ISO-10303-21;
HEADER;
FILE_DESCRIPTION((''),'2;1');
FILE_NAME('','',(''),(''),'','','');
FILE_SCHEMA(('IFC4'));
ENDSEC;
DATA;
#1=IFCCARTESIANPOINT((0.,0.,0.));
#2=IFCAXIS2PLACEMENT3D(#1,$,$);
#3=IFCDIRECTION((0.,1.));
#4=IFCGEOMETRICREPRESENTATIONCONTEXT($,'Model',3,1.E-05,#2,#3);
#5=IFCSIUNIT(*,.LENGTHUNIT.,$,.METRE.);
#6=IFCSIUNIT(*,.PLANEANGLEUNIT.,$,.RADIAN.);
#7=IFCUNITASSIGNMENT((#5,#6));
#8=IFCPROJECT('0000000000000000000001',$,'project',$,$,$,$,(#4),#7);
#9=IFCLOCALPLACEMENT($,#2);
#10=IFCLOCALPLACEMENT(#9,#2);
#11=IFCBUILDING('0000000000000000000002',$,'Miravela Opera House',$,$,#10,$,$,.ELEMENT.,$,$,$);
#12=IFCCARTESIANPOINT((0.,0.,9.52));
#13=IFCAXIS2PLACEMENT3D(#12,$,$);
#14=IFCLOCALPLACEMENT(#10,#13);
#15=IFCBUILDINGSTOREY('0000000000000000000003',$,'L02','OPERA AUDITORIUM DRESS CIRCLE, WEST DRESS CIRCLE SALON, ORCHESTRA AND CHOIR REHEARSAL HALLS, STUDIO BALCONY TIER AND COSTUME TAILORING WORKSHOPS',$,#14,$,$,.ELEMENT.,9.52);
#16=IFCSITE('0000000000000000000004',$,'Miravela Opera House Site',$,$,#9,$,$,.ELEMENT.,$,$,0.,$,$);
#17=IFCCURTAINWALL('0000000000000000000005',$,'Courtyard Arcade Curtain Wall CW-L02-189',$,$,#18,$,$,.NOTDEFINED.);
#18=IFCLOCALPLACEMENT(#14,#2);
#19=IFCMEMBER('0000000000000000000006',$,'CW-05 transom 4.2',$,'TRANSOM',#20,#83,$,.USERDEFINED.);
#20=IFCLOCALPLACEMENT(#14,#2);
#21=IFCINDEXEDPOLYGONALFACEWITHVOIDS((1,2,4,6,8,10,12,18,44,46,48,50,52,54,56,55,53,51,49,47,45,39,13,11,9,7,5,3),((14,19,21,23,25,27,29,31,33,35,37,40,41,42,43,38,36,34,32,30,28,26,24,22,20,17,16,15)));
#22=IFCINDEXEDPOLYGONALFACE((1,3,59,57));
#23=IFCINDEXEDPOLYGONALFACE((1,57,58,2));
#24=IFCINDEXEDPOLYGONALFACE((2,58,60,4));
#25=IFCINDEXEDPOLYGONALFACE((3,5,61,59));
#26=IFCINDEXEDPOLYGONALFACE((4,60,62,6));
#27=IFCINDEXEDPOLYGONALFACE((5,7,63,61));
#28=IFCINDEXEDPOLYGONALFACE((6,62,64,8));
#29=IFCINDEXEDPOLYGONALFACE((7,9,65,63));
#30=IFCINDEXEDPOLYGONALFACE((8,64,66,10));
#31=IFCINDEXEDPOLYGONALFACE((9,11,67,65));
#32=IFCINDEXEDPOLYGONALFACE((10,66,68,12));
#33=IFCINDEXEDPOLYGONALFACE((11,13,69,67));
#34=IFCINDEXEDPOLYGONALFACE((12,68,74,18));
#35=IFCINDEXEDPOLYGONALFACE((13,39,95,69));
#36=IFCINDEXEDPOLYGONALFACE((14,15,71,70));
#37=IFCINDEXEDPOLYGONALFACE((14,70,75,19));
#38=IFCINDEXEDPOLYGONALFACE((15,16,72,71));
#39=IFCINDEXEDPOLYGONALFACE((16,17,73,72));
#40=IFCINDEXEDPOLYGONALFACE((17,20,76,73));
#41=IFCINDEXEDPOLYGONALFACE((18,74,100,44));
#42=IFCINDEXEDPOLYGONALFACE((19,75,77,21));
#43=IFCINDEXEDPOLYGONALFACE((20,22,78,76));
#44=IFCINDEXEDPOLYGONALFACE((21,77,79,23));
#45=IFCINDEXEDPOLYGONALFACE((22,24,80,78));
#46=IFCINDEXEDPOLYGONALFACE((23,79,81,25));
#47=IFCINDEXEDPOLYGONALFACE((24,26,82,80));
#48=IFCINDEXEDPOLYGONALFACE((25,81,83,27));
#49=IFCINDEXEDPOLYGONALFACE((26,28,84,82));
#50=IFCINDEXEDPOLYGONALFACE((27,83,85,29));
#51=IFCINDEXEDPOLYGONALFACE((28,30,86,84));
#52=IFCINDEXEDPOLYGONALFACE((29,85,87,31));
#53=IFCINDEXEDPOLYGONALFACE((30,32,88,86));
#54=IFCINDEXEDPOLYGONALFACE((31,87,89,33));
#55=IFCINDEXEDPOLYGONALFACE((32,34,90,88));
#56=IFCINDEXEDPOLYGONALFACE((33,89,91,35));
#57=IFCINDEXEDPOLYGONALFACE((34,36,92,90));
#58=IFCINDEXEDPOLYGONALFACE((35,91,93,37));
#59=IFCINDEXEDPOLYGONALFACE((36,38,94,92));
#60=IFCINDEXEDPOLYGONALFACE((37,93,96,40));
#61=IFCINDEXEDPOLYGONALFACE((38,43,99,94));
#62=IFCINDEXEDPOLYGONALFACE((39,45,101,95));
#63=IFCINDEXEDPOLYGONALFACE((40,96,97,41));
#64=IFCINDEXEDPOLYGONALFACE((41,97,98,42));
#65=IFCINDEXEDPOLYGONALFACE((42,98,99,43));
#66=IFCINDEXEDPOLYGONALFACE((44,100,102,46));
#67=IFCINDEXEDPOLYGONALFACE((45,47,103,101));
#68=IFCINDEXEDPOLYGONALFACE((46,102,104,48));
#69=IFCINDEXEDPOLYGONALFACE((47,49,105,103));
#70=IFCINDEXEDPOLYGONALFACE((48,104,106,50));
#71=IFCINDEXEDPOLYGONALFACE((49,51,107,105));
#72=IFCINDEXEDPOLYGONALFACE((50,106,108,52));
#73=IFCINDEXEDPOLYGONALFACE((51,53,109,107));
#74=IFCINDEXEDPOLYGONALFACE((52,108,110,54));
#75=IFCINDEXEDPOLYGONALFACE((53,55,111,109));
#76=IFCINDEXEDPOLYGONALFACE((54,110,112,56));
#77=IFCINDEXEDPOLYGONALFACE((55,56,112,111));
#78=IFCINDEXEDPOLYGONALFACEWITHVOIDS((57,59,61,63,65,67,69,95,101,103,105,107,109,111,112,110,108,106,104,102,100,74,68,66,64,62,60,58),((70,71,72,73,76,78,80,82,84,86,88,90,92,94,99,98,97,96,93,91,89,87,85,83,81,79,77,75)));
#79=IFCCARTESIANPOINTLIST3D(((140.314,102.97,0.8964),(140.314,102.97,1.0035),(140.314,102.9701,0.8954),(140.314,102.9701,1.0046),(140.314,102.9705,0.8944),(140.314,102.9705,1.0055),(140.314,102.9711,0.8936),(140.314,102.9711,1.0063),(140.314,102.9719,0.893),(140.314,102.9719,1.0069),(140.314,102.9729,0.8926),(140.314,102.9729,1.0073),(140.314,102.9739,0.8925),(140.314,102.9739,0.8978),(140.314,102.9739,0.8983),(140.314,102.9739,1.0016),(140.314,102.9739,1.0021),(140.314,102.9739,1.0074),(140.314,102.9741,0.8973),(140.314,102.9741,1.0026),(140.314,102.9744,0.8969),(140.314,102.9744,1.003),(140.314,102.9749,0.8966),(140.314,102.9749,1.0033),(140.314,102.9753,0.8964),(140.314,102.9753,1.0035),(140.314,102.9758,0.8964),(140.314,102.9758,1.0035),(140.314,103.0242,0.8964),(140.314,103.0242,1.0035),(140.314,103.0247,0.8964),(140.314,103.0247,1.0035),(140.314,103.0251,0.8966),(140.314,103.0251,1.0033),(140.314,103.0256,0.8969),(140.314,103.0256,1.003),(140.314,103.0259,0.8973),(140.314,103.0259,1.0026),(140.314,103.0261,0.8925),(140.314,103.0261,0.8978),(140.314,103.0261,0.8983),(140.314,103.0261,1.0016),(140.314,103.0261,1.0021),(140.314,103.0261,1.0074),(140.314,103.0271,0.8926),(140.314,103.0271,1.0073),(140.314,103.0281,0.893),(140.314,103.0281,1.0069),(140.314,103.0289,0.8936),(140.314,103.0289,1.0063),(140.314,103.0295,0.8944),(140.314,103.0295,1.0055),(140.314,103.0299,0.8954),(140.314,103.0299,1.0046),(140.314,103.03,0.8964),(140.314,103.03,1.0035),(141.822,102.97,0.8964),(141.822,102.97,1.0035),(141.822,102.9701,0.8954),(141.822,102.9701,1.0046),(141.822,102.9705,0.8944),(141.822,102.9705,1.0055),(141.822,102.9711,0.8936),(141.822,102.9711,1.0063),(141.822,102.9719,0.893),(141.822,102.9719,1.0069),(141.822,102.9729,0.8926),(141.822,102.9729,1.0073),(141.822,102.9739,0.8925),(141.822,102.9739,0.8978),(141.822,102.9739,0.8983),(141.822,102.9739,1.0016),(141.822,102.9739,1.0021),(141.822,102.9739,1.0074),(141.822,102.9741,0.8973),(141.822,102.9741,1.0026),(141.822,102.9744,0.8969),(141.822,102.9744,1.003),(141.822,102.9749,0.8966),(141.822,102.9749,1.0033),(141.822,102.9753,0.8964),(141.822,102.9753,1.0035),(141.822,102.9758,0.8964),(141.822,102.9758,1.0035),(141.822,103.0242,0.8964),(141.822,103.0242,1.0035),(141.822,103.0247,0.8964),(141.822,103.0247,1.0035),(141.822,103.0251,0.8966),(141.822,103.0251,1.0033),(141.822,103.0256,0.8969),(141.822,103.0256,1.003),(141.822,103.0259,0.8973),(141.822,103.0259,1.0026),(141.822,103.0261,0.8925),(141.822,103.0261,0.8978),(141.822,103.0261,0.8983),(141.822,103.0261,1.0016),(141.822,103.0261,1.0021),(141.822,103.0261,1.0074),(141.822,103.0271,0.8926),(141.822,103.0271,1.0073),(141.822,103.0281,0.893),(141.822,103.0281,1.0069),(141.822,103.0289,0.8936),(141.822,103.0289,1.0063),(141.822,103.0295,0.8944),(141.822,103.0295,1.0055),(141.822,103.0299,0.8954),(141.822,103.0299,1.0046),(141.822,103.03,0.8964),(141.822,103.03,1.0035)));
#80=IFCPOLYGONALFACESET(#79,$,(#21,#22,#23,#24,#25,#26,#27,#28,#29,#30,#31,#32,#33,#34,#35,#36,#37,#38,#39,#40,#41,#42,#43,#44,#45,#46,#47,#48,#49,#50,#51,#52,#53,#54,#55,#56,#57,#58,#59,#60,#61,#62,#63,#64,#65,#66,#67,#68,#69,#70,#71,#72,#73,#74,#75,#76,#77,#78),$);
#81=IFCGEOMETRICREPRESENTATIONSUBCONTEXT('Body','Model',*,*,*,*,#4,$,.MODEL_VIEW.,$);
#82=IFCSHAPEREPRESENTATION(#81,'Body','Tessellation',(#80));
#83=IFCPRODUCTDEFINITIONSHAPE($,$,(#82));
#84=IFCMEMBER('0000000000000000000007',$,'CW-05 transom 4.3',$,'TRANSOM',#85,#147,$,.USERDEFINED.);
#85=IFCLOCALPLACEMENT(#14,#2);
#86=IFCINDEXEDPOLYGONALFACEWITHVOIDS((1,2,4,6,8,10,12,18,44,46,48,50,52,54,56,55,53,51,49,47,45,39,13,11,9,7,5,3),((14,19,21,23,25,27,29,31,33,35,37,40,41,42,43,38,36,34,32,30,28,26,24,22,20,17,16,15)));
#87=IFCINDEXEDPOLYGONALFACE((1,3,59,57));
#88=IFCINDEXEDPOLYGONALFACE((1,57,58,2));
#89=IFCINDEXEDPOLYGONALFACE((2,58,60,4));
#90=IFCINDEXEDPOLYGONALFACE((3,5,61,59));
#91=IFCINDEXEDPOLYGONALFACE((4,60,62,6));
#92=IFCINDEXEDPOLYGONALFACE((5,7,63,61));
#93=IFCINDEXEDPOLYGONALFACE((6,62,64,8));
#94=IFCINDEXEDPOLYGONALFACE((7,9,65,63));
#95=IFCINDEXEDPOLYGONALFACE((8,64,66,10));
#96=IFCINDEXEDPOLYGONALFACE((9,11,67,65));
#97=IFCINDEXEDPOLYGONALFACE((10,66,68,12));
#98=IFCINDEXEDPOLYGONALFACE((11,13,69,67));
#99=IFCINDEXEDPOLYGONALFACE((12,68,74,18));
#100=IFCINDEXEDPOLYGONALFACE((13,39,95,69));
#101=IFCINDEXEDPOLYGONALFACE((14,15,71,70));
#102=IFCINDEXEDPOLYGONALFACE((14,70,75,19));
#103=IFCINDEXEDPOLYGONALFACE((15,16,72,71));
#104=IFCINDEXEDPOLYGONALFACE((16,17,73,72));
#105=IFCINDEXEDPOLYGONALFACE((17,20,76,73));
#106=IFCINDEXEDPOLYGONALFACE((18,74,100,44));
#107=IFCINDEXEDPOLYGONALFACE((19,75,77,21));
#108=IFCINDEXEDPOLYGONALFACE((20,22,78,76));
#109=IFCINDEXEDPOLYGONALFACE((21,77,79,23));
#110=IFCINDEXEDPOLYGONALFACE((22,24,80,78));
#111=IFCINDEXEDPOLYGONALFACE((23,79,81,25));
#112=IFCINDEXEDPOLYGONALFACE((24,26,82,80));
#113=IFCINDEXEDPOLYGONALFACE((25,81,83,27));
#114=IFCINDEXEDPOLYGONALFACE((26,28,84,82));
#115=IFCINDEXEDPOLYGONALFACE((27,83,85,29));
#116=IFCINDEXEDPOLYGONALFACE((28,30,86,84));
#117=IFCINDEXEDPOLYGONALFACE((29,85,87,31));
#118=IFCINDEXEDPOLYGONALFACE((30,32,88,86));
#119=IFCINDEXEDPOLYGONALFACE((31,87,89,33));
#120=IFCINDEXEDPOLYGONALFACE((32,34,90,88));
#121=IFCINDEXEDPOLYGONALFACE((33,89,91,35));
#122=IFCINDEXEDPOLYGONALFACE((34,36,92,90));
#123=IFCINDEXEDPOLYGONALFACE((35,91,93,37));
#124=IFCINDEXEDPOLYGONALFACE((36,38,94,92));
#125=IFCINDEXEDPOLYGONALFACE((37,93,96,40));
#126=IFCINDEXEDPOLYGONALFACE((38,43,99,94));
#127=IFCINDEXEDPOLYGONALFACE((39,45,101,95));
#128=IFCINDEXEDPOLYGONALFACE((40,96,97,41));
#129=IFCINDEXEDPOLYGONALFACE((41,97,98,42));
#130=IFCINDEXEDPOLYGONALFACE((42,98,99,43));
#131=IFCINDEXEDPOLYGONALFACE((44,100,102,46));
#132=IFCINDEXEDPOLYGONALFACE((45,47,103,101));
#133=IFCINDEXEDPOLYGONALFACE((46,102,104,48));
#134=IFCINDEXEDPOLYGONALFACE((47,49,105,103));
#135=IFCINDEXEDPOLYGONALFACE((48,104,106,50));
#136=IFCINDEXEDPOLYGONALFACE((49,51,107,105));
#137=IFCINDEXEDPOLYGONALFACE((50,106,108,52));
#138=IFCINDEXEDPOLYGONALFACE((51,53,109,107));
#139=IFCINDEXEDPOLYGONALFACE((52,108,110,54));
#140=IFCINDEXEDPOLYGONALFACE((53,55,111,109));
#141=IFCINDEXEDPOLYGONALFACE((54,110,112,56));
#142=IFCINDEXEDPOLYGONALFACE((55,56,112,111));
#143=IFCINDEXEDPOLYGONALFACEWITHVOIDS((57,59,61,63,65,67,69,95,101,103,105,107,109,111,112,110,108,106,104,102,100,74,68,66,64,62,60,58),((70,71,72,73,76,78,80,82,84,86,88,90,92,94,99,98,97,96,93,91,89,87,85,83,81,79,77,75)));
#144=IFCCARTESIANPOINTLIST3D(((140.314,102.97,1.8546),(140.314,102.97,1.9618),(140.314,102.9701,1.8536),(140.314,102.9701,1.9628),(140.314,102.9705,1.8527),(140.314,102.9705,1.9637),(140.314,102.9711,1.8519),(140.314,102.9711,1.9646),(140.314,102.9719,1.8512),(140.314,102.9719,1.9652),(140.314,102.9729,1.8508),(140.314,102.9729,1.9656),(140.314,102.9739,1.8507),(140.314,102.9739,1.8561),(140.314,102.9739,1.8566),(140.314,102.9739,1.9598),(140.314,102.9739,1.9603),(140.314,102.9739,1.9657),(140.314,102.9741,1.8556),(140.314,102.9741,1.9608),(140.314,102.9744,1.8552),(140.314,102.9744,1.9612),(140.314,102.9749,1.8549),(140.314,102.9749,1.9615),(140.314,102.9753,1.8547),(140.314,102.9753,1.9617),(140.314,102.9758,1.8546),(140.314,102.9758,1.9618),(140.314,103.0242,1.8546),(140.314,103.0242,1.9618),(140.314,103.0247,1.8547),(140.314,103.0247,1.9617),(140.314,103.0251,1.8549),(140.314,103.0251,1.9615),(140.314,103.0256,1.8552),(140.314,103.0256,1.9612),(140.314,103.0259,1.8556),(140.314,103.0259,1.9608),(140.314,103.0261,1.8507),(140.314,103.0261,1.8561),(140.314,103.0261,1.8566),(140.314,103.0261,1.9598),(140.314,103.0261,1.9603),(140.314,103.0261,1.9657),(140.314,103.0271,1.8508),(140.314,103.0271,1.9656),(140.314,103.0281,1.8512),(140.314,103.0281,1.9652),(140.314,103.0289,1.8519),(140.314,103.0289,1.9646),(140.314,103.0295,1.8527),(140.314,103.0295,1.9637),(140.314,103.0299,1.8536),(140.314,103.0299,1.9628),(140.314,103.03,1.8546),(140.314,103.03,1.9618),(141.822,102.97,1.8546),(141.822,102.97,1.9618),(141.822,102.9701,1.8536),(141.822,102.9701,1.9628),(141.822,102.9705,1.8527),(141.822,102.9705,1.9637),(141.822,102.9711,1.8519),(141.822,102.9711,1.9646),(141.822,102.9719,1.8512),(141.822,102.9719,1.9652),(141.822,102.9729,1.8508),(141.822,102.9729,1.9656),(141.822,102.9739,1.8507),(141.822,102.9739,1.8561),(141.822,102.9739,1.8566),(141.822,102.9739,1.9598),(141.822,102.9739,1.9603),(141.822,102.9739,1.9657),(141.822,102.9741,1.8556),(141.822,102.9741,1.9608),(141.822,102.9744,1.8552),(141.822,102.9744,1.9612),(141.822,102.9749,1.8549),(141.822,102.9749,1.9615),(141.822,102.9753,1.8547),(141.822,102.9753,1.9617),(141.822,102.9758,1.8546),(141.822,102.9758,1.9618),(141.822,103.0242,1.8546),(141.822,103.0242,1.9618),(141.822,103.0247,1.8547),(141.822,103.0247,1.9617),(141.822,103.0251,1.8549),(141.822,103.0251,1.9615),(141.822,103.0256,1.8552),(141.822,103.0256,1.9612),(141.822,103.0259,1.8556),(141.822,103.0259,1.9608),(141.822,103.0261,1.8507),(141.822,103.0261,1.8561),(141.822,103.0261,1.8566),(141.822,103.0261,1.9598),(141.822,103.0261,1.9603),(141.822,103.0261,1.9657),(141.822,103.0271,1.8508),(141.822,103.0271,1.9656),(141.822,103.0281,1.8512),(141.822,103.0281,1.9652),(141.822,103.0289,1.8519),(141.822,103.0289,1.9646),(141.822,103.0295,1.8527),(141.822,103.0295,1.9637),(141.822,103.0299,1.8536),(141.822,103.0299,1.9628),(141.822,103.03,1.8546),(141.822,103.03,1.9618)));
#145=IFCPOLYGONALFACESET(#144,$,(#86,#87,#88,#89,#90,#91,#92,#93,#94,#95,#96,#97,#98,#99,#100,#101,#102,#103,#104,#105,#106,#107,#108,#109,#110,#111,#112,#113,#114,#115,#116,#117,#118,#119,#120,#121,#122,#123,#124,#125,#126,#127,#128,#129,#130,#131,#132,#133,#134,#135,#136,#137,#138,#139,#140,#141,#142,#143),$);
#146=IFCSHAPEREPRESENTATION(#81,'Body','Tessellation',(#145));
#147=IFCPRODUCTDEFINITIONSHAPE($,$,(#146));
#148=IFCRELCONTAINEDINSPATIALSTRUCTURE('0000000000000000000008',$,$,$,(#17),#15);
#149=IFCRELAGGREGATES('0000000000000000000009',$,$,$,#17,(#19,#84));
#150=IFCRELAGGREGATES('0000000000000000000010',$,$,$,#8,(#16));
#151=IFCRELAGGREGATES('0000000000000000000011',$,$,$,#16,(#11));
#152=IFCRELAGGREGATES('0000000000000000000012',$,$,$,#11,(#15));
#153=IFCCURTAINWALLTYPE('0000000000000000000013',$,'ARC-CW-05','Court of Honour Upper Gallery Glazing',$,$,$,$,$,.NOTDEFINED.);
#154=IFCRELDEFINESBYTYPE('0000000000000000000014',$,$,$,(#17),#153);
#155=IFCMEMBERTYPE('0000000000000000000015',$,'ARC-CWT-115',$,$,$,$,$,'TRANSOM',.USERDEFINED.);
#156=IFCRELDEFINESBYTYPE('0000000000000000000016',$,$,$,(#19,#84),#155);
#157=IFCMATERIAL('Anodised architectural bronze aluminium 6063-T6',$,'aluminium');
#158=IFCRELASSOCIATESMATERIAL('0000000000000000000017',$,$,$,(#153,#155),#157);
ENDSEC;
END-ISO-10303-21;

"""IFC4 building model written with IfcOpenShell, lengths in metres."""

from ifc_helpers import new_model, si_unit, direction, frame, origin, origin_2d, place, context, subcontext, project, spatial, hollow_rectangle, extrude, material, material_profile, profile_set, type_object, element, aggregate, save


model = new_model("IFC4")

# Units and contexts
model_context = context("Model", 3, precision=1e-05, world=origin(), true_north=direction((0.0, 1.0)))
body_context = subcontext(model_context, "Body", "Model", "MODEL_VIEW")
ifc_project = project(units=[si_unit("LENGTHUNIT", "METRE"), si_unit("PLANEANGLEUNIT", "RADIAN")], contexts=[model_context])

# Site, building, storey
site_placement = place(None, origin())
site = spatial("IfcSite", under=ifc_project, at=site_placement, Name="Miravela Opera House Site", CompositionType="ELEMENT", RefElevation=0.0)
building_placement = place(site_placement, origin())
building = spatial("IfcBuilding", under=site, at=building_placement, Name="Miravela Opera House", CompositionType="ELEMENT")
storey_placement = place(building_placement, frame((0.0, 0.0, 9.52)))
storey = spatial("IfcBuildingStorey", under=building, at=storey_placement, Name="L02", Description="OPERA AUDITORIUM DRESS CIRCLE, WEST DRESS CIRCLE SALON, ORCHESTRA AND CHOIR REHEARSAL HALLS, STUDIO BALCONY TIER AND COSTUME TAILORING WORKSHOPS", CompositionType="ELEMENT", Elevation=9.52)

# Curtain wall, members
ifc_material_1 = material(Name="Anodised architectural bronze aluminium 6063-T6", Category="aluminium")
curtain_wall_type = type_object("IfcCurtainWallType", Name="ARC-CW-05", Description="Court of Honour Upper Gallery Glazing", PredefinedType="NOTDEFINED", material=ifc_material_1)
curtain_wall_placement = place(storey_placement, origin())
curtain_wall = element("IfcCurtainWall", 1, at=curtain_wall_placement, inside=storey, type_object=curtain_wall_type, Name="Courtyard Arcade Curtain Wall CW-L02-189", PredefinedType="NOTDEFINED")
ifc_material_profile_1 = material_profile(ifc_material_1, hollow_rectangle(XDim=0.0601, YDim=0.115, WallThickness=0.0039, InnerFilletRadius=0.002, OuterFilletRadius=0.0039, at=origin_2d()), Name="CWT-60X115")
ifc_profile_set_1 = profile_set([ifc_material_profile_1])
member_type_1 = type_object("IfcMemberType", Name="ARC-CWT-115", ElementType="TRANSOM", PredefinedType="USERDEFINED", material=ifc_profile_set_1)
member_1_placement = place(storey_placement, frame((140.314, 103.0, 0.95), z_axis=(1.0, 0.0, 0.0), x_axis=(0.0, 1.0, 0.0)))
member_1 = element("IfcMember", 2, at=member_1_placement, type_object=member_type_1, Name="CW-05 transom 4.2", ObjectType="TRANSOM", PredefinedType="USERDEFINED", context=body_context, shape_type="SweptSolid", body=[
    extrude(hollow_rectangle(XDim=0.0601, YDim=0.115, WallThickness=0.0039, InnerFilletRadius=0.002, OuterFilletRadius=0.0039, at=origin_2d()), origin(), (0.0, 0.0, 1.0), 1.5081),
])
member_2_placement = place(storey_placement, frame((140.314, 103.0, 1.9082), z_axis=(1.0, 0.0, 0.0), x_axis=(0.0, 1.0, 0.0)))
member_2 = element("IfcMember", 3, at=member_2_placement, type_object=member_type_1, Name="CW-05 transom 4.3", ObjectType="TRANSOM", PredefinedType="USERDEFINED", context=body_context, shape_type="SweptSolid", body=[
    extrude(hollow_rectangle(XDim=0.0601, YDim=0.115, WallThickness=0.0039, InnerFilletRadius=0.002, OuterFilletRadius=0.0039, at=origin_2d()), origin(), (0.0, 0.0, 1.0), 1.5081),
])

aggregate(curtain_wall, [member_1, member_2])

save(model, "model.ifc")
